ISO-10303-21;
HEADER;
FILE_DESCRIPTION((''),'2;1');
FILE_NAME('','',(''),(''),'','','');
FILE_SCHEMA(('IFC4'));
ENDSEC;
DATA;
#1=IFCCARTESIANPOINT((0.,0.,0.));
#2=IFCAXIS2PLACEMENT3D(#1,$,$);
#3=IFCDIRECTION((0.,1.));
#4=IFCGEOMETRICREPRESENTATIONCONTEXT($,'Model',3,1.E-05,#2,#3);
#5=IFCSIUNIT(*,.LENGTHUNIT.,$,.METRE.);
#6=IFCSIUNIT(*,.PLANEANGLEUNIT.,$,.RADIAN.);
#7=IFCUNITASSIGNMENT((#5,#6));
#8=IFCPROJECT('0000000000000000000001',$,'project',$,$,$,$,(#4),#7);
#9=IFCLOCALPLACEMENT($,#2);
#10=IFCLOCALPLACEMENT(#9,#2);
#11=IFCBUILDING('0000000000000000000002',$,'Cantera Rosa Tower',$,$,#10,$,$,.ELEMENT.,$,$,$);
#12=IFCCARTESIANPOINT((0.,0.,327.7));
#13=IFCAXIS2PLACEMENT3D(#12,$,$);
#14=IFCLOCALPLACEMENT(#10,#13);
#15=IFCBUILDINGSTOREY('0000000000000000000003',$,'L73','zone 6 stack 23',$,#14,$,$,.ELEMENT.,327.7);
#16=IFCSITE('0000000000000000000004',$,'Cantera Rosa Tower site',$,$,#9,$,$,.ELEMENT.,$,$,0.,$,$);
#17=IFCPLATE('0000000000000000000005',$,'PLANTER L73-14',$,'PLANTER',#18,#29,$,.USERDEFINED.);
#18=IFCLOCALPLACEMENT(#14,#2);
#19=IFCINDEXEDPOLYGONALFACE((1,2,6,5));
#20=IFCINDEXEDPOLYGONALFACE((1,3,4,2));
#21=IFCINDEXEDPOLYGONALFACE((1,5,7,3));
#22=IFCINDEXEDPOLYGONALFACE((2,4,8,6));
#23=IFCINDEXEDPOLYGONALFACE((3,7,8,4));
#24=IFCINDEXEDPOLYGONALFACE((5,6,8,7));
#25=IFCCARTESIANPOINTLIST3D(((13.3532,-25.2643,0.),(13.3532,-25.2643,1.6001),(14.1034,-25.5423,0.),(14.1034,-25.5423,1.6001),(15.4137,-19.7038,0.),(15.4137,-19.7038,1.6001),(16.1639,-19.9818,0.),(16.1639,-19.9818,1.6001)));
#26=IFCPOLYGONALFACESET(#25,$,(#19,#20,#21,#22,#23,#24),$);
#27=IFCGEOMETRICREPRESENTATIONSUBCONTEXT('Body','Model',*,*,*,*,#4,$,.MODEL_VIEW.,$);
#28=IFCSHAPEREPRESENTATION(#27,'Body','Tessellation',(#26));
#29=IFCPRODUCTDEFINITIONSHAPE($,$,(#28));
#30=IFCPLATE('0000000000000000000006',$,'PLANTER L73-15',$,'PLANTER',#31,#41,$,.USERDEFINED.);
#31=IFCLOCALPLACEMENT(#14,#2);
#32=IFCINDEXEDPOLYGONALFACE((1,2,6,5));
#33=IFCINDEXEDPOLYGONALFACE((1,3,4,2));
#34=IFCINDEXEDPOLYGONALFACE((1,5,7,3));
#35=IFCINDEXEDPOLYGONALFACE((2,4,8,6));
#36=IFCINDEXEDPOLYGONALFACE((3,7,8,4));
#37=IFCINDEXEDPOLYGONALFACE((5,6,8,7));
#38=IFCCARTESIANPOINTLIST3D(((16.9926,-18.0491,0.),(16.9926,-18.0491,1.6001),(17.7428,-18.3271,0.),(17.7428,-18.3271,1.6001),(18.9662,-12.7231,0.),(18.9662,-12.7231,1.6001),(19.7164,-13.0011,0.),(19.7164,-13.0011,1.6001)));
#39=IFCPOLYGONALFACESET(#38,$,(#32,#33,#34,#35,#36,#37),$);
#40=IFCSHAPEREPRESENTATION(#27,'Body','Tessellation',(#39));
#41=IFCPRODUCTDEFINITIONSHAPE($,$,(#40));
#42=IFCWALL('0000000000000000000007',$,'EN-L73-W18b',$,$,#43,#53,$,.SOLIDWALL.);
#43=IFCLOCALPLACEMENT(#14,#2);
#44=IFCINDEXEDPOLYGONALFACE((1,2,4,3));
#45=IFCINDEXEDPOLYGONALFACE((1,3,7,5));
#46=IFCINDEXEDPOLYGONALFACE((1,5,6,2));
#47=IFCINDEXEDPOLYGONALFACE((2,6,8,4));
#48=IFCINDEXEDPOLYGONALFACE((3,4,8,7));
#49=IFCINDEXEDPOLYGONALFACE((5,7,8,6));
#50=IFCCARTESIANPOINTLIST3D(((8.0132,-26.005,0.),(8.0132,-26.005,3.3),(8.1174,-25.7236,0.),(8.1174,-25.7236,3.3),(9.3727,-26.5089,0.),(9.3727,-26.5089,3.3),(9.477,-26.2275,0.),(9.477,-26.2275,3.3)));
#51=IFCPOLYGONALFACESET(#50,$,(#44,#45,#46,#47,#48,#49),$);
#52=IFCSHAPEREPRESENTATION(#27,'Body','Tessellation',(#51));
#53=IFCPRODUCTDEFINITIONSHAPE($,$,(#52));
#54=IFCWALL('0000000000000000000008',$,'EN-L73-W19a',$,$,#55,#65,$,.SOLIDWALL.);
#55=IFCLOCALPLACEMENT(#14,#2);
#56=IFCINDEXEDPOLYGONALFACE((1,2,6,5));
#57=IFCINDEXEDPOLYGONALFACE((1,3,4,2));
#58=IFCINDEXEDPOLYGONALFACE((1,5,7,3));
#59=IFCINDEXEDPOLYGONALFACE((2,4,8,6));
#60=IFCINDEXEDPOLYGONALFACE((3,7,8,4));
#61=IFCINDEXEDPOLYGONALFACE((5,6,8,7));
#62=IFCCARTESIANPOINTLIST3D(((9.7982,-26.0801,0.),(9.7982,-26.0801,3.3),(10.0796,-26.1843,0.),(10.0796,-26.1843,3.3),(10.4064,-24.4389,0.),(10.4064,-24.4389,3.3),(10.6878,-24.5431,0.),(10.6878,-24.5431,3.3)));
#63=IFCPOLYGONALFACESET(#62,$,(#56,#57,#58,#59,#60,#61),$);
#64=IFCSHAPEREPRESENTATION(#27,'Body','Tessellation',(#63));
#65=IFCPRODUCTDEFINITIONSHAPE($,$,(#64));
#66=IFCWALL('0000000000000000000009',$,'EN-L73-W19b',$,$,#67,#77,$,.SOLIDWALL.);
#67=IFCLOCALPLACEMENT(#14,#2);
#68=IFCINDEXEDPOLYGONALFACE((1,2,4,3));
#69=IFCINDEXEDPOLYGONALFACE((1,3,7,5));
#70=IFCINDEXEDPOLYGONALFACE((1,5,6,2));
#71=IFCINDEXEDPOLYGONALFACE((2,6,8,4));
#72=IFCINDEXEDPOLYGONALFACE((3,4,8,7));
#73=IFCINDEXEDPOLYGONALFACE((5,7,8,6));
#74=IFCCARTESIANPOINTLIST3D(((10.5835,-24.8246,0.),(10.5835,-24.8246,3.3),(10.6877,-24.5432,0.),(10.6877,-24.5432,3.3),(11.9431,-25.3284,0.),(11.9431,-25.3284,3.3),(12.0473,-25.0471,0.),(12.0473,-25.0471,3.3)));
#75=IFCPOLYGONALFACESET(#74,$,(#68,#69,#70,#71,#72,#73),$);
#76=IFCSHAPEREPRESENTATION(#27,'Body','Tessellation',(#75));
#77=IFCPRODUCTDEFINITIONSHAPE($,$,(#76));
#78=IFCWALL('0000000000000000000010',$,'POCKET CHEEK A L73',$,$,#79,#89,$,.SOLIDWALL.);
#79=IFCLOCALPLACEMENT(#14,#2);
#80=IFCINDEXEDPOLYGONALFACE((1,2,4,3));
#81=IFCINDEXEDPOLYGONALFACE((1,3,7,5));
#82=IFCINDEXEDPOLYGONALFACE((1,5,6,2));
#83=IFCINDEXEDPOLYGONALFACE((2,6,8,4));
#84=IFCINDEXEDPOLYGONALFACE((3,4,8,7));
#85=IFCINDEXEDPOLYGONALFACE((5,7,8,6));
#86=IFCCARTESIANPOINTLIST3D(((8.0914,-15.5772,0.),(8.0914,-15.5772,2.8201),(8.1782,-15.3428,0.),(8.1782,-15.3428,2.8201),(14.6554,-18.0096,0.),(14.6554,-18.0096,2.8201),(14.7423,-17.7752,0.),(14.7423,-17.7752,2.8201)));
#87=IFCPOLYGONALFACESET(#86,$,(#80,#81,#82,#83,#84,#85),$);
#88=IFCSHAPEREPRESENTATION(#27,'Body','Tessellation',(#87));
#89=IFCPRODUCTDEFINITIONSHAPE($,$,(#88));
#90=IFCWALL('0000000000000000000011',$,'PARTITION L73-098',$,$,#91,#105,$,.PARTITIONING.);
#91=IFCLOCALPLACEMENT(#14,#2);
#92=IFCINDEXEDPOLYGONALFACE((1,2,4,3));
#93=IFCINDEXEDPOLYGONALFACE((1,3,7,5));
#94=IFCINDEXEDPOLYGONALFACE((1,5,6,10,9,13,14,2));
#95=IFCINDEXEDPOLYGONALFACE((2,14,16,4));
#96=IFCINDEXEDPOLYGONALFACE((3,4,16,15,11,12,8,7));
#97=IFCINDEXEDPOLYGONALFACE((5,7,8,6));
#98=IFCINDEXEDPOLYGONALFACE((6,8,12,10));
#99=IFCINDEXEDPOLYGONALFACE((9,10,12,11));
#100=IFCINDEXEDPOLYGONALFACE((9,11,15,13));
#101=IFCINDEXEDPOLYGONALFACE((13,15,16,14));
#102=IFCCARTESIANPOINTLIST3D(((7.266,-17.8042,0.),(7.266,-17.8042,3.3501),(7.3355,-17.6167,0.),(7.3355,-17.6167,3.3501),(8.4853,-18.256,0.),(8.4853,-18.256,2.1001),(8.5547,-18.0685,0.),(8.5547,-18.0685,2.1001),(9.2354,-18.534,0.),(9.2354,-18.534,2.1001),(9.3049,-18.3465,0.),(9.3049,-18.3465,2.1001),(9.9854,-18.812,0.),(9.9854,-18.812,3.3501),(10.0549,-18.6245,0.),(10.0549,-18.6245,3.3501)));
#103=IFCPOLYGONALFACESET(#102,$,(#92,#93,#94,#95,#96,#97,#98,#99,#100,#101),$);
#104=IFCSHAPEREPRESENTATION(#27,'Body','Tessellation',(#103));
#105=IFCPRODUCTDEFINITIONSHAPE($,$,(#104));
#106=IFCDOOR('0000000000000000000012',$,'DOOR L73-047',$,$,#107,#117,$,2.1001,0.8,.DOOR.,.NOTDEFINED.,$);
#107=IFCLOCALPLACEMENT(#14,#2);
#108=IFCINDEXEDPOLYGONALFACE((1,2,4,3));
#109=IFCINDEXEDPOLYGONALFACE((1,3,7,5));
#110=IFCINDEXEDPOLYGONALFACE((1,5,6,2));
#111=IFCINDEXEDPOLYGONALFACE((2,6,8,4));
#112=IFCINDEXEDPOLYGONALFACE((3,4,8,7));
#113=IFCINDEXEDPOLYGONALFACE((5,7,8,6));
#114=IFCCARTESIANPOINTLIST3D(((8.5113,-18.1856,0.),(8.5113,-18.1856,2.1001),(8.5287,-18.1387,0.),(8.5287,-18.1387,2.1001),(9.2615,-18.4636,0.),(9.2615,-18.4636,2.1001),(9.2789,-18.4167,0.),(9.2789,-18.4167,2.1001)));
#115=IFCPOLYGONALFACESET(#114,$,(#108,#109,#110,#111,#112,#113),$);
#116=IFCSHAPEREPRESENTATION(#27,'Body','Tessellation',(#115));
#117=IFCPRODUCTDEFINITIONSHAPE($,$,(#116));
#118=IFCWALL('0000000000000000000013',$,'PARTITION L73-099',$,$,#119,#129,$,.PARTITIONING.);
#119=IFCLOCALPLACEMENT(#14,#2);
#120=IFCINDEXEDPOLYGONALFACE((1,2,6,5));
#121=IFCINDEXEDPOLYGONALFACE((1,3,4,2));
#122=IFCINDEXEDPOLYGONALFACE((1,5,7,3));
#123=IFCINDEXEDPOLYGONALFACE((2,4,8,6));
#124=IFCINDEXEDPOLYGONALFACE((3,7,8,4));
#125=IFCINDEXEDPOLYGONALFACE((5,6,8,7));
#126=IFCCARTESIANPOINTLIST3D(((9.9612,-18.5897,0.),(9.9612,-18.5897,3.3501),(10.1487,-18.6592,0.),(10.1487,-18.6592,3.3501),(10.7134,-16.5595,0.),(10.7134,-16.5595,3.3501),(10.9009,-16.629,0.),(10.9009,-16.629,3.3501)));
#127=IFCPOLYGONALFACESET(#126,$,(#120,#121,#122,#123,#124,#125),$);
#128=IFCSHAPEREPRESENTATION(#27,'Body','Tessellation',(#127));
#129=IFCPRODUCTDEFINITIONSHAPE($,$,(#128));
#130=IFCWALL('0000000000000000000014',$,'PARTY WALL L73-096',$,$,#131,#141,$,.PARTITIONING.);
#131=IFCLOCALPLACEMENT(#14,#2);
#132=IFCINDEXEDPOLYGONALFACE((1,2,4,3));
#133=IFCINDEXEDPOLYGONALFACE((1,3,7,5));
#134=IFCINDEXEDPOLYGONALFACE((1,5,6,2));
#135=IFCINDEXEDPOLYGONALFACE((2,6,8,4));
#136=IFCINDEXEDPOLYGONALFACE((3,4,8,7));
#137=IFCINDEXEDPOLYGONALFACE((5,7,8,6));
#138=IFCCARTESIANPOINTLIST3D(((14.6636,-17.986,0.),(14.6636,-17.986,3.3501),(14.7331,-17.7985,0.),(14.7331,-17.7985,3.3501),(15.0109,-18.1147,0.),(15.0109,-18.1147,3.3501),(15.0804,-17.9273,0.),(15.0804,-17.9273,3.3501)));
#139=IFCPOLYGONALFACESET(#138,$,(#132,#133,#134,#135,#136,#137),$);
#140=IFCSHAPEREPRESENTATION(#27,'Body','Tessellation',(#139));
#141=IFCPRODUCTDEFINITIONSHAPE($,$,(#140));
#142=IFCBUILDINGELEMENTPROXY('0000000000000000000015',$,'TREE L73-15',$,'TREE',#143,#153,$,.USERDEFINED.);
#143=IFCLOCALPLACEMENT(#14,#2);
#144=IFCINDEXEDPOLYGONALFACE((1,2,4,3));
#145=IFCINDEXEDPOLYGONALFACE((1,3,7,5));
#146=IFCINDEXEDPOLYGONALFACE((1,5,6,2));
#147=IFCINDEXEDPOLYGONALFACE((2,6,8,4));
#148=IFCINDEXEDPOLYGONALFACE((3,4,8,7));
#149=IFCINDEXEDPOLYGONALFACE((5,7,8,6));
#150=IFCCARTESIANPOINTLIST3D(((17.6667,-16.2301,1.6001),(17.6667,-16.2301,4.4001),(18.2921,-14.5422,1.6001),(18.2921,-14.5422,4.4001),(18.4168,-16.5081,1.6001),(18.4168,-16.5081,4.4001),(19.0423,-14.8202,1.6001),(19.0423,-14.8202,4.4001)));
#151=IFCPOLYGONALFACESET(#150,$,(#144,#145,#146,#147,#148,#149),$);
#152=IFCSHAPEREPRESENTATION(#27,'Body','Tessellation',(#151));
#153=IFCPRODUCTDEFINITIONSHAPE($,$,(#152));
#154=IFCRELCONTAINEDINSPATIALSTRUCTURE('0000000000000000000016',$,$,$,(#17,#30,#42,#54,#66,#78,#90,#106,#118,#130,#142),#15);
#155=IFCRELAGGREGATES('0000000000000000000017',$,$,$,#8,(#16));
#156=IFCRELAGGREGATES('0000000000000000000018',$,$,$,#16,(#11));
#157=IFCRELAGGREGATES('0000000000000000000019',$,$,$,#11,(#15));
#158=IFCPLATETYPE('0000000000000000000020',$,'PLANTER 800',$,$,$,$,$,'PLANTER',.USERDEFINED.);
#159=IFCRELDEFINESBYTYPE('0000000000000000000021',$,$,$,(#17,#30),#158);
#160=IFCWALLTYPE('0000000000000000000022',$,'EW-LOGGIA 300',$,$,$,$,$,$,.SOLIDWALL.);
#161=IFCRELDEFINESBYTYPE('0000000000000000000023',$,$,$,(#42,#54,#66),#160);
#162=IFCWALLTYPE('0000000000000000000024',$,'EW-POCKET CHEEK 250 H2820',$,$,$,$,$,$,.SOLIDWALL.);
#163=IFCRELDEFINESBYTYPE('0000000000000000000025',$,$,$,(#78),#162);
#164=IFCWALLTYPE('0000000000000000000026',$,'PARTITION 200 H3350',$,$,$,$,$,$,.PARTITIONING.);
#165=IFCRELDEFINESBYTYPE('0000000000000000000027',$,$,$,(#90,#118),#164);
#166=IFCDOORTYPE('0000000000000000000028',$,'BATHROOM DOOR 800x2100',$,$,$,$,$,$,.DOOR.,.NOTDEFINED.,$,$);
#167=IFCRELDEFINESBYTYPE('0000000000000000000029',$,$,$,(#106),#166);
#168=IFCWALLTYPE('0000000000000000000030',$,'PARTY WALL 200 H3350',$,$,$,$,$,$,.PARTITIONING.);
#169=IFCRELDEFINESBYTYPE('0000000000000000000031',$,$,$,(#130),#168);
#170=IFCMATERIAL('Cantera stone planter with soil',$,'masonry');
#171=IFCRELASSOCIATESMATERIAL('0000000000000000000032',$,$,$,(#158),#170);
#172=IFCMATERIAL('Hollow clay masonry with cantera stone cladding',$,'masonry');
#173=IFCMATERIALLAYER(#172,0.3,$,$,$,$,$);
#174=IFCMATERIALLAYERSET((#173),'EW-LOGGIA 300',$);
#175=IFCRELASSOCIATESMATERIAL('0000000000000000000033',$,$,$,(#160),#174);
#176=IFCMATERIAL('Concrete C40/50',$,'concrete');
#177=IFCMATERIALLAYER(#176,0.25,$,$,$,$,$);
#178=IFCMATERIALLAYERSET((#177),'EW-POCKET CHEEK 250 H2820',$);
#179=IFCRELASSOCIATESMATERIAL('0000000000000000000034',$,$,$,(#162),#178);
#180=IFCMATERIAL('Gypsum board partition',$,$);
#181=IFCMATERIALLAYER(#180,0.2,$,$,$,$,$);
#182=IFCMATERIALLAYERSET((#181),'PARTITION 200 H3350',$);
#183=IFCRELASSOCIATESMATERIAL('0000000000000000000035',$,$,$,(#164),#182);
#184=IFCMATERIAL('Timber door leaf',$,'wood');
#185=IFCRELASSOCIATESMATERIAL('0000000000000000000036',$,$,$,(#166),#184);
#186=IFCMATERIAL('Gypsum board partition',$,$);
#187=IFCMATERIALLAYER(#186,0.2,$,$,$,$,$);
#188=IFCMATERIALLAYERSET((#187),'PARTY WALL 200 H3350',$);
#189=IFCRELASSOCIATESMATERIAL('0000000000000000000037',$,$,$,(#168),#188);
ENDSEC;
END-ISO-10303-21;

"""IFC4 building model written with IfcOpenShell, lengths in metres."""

from ifc_helpers import new_model, si_unit, direction, frame, frame_2d, origin, origin_2d, place, context, subcontext, project, spatial, rectangle, extrude, material, layer, layer_set, type_object, element, fill, save


model = new_model("IFC4")

# Units and contexts
model_context = context("Model", 3, precision=1e-05, world=origin(), true_north=direction((0.0, 1.0)))
body_context = subcontext(model_context, "Body", "Model", "MODEL_VIEW")
ifc_project = project(units=[si_unit("LENGTHUNIT", "METRE"), si_unit("PLANEANGLEUNIT", "RADIAN")], contexts=[model_context])

# Site, building, storey
site_placement = place(None, origin())
site = spatial("IfcSite", under=ifc_project, at=site_placement, Name="Cantera Rosa Tower site", CompositionType="ELEMENT", RefElevation=0.0)
building_placement = place(site_placement, origin())
building = spatial("IfcBuilding", under=site, at=building_placement, Name="Cantera Rosa Tower", CompositionType="ELEMENT")
storey_placement = place(building_placement, frame((0.0, 0.0, 327.7)))
storey = spatial("IfcBuildingStorey", under=building, at=storey_placement, Name="L73", Description="zone 6 stack 23", CompositionType="ELEMENT", Elevation=327.7)

# Plates
ifc_material_1 = material(Name="Cantera stone planter with soil", Category="masonry")
plate_type = type_object("IfcPlateType", Name="PLANTER 800", ElementType="PLANTER", PredefinedType="USERDEFINED", material=ifc_material_1)
plate_1_placement = place(storey_placement, frame((14.7585, -22.623, 0.0), z_axis=(0.0, 0.0, 1.0), x_axis=(0.347481, 0.937687, 0.0)))
element("IfcPlate", 1, at=plate_1_placement, inside=storey, type_object=plate_type, Name="PLANTER L73-14", ObjectType="PLANTER", PredefinedType="USERDEFINED", context=body_context, shape_type="SweptSolid", body=[
    extrude(rectangle(XDim=5.9299, YDim=0.8, at=origin_2d()), origin(), (0.0, 0.0, 1.0), 1.6001),
])
plate_2_placement = place(storey_placement, frame((18.3545, -15.5251, 0.0), z_axis=(0.0, 0.0, 1.0), x_axis=(0.347481, 0.937687, 0.0)))
element("IfcPlate", 2, at=plate_2_placement, inside=storey, type_object=plate_type, Name="PLANTER L73-15", ObjectType="PLANTER", PredefinedType="USERDEFINED", context=body_context, shape_type="SweptSolid", body=[
    extrude(rectangle(XDim=5.6799, YDim=0.8, at=origin_2d()), origin(), (0.0, 0.0, 1.0), 1.6001),
])

# Walls
ifc_material_2 = material(Name="Hollow clay masonry with cantera stone cladding", Category="masonry")
ifc_layer_1 = layer(ifc_material_2, 0.3)
ifc_layer_set_1 = layer_set([ifc_layer_1], Name="EW-LOGGIA 300")
wall_type_1 = type_object("IfcWallType", Name="EW-LOGGIA 300", PredefinedType="SOLIDWALL", material=ifc_layer_set_1)
wall_1_placement = place(storey_placement, frame((8.0652, -25.8643, 0.0), z_axis=(0.0, 0.0, 1.0), x_axis=(0.937672, -0.347523, 0.0)))
element("IfcWall", 3, at=wall_1_placement, inside=storey, type_object=wall_type_1, Name="EN-L73-W18b", PredefinedType="SOLIDWALL", context=body_context, shape_type="SweptSolid", body=[
    extrude(rectangle(XDim=1.45, YDim=0.3, at=frame_2d((0.7251, 0.0))), origin(), (0.0, 0.0, 1.0), 3.3),
])
wall_2_placement = place(storey_placement, frame((9.939, -26.1321, 0.0), z_axis=(0.0, 0.0, 1.0), x_axis=(0.347482, 0.937686, 0.0)))
element("IfcWall", 4, at=wall_2_placement, inside=storey, type_object=wall_type_1, Name="EN-L73-W19a", PredefinedType="SOLIDWALL", context=body_context, shape_type="SweptSolid", body=[
    extrude(rectangle(XDim=1.7502, YDim=0.3, at=frame_2d((0.875, 0.0))), origin(), (0.0, 0.0, 1.0), 3.3),
])
wall_3_placement = place(storey_placement, frame((10.6355, -24.6838, 0.0), z_axis=(0.0, 0.0, 1.0), x_axis=(0.937672, -0.347523, 0.0)))
element("IfcWall", 5, at=wall_3_placement, inside=storey, type_object=wall_type_1, Name="EN-L73-W19b", PredefinedType="SOLIDWALL", context=body_context, shape_type="SweptSolid", body=[
    extrude(rectangle(XDim=1.45, YDim=0.3, at=frame_2d((0.7251, 0.0))), origin(), (0.0, 0.0, 1.0), 3.3),
])

# Wall
ifc_material_3 = material(Name="Concrete C40/50", Category="concrete")
ifc_layer_2 = layer(ifc_material_3, 0.25)
ifc_layer_set_2 = layer_set([ifc_layer_2], Name="EW-POCKET CHEEK 250 H2820")
wall_type_2 = type_object("IfcWallType", Name="EW-POCKET CHEEK 250 H2820", PredefinedType="SOLIDWALL", material=ifc_layer_set_2)
wall_4_placement = place(storey_placement, frame((14.6987, -17.8923, 0.0), z_axis=(0.0, 0.0, 1.0), x_axis=(-0.937689, 0.347475, 0.0)))
element("IfcWall", 6, at=wall_4_placement, inside=storey, type_object=wall_type_2, Name="POCKET CHEEK A L73", PredefinedType="SOLIDWALL", context=body_context, shape_type="SweptSolid", body=[
    extrude(rectangle(XDim=7.0002, YDim=0.25, at=frame_2d((3.5, 0.0))), origin(), (0.0, 0.0, 1.0), 2.8201),
])

# Wall, opening, door
ifc_material_4 = material(Name="Gypsum board partition")
ifc_layer_3 = layer(ifc_material_4, 0.2)
ifc_layer_set_3 = layer_set([ifc_layer_3], Name="PARTITION 200 H3350")
wall_type_3 = type_object("IfcWallType", Name="PARTITION 200 H3350", PredefinedType="PARTITIONING", material=ifc_layer_set_3)
wall_5_placement = place(storey_placement, frame((10.0203, -18.7183, 0.0), z_axis=(0.0, 0.0, 1.0), x_axis=(-0.937682, 0.347495, 0.0)))
wall_5 = element("IfcWall", 7, at=wall_5_placement, inside=storey, type_object=wall_type_3, Name="PARTITION L73-098", PredefinedType="PARTITIONING", context=body_context, shape_type="SweptSolid", body=[
    extrude(rectangle(XDim=2.9001, YDim=0.2, at=frame_2d((1.4502, 0.0))), origin(), (0.0, 0.0, 1.0), 3.3501),
])
opening_1_placement = place(wall_5_placement, frame((0.8, 0.0, 0.0)))
opening_1 = element("IfcOpeningElement", 8, at=opening_1_placement, cuts=wall_5, PredefinedType="OPENING", context=body_context, shape_type="SweptSolid", body=[
    extrude(rectangle(XDim=0.8, YDim=2.1001, at=frame_2d((0.3999, 1.05))), frame((0.0, 0.1099, 0.0), z_axis=(0.0, -1.0, 0.0), x_axis=(1.0, 0.0, 0.0)), (0.0, 0.0, 1.0), 0.22),
])
ifc_material_5 = material(Name="Timber door leaf", Category="wood")
door_type_1 = type_object("IfcDoorType", Name="BATHROOM DOOR 800x2100", OperationType="NOTDEFINED", PredefinedType="DOOR", material=ifc_material_5)
door_1_placement = place(opening_1_placement, origin())
door_1 = element("IfcDoor", 9, at=door_1_placement, inside=storey, type_object=door_type_1, Name="DOOR L73-047", OperationType="NOTDEFINED", OverallHeight=2.1001, OverallWidth=0.8, PredefinedType="DOOR", context=body_context, shape_type="SweptSolid", body=[
    extrude(rectangle(XDim=0.8, YDim=2.1001, at=frame_2d((0.3999, 1.05))), frame((0.0, 0.0249, 0.0), z_axis=(0.0, -1.0, 0.0), x_axis=(1.0, 0.0, 0.0)), (0.0, 0.0, 1.0), 0.05),
])
fill(opening_1, door_1)

# Walls
wall_6_placement = place(storey_placement, frame((10.8071, -16.5942, 0.0), z_axis=(0.0, 0.0, 1.0), x_axis=(-0.347414, -0.937712, 0.0)))
element("IfcWall", 10, at=wall_6_placement, inside=storey, type_object=wall_type_3, Name="PARTITION L73-099", PredefinedType="PARTITIONING", context=body_context, shape_type="SweptSolid", body=[
    extrude(rectangle(XDim=2.165, YDim=0.2, at=frame_2d((1.0825, 0.0))), origin(), (0.0, 0.0, 1.0), 3.3501),
])
ifc_material_6 = material(Name="Gypsum board partition")
ifc_layer_4 = layer(ifc_material_6, 0.2)
ifc_layer_set_4 = layer_set([ifc_layer_4], Name="PARTY WALL 200 H3350")
wall_type_4 = type_object("IfcWallType", Name="PARTY WALL 200 H3350", PredefinedType="PARTITIONING", material=ifc_layer_set_4)
wall_7_placement = place(storey_placement, frame((14.6985, -17.8923, 0.0), z_axis=(0.0, 0.0, 1.0), x_axis=(0.937677, -0.347508, 0.0)))
element("IfcWall", 11, at=wall_7_placement, inside=storey, type_object=wall_type_4, Name="PARTY WALL L73-096", PredefinedType="PARTITIONING", context=body_context, shape_type="SweptSolid", body=[
    extrude(rectangle(XDim=0.3704, YDim=0.2, at=frame_2d((0.1851, 0.0))), origin(), (0.0, 0.0, 1.0), 3.3501),
])

# Building element proxy
proxy_placement = place(storey_placement, frame((18.3545, -15.5251, 1.6001), z_axis=(0.0, 0.0, 1.0), x_axis=(0.347481, 0.937687, 0.0)))
element("IfcBuildingElementProxy", 12, at=proxy_placement, inside=storey, Name="TREE L73-15", ObjectType="TREE", PredefinedType="USERDEFINED", context=body_context, shape_type="SweptSolid", body=[
    extrude(rectangle(XDim=1.8, YDim=0.8, at=origin_2d()), origin(), (0.0, 0.0, 1.0), 2.8),
])

save(model, "model.ifc")
